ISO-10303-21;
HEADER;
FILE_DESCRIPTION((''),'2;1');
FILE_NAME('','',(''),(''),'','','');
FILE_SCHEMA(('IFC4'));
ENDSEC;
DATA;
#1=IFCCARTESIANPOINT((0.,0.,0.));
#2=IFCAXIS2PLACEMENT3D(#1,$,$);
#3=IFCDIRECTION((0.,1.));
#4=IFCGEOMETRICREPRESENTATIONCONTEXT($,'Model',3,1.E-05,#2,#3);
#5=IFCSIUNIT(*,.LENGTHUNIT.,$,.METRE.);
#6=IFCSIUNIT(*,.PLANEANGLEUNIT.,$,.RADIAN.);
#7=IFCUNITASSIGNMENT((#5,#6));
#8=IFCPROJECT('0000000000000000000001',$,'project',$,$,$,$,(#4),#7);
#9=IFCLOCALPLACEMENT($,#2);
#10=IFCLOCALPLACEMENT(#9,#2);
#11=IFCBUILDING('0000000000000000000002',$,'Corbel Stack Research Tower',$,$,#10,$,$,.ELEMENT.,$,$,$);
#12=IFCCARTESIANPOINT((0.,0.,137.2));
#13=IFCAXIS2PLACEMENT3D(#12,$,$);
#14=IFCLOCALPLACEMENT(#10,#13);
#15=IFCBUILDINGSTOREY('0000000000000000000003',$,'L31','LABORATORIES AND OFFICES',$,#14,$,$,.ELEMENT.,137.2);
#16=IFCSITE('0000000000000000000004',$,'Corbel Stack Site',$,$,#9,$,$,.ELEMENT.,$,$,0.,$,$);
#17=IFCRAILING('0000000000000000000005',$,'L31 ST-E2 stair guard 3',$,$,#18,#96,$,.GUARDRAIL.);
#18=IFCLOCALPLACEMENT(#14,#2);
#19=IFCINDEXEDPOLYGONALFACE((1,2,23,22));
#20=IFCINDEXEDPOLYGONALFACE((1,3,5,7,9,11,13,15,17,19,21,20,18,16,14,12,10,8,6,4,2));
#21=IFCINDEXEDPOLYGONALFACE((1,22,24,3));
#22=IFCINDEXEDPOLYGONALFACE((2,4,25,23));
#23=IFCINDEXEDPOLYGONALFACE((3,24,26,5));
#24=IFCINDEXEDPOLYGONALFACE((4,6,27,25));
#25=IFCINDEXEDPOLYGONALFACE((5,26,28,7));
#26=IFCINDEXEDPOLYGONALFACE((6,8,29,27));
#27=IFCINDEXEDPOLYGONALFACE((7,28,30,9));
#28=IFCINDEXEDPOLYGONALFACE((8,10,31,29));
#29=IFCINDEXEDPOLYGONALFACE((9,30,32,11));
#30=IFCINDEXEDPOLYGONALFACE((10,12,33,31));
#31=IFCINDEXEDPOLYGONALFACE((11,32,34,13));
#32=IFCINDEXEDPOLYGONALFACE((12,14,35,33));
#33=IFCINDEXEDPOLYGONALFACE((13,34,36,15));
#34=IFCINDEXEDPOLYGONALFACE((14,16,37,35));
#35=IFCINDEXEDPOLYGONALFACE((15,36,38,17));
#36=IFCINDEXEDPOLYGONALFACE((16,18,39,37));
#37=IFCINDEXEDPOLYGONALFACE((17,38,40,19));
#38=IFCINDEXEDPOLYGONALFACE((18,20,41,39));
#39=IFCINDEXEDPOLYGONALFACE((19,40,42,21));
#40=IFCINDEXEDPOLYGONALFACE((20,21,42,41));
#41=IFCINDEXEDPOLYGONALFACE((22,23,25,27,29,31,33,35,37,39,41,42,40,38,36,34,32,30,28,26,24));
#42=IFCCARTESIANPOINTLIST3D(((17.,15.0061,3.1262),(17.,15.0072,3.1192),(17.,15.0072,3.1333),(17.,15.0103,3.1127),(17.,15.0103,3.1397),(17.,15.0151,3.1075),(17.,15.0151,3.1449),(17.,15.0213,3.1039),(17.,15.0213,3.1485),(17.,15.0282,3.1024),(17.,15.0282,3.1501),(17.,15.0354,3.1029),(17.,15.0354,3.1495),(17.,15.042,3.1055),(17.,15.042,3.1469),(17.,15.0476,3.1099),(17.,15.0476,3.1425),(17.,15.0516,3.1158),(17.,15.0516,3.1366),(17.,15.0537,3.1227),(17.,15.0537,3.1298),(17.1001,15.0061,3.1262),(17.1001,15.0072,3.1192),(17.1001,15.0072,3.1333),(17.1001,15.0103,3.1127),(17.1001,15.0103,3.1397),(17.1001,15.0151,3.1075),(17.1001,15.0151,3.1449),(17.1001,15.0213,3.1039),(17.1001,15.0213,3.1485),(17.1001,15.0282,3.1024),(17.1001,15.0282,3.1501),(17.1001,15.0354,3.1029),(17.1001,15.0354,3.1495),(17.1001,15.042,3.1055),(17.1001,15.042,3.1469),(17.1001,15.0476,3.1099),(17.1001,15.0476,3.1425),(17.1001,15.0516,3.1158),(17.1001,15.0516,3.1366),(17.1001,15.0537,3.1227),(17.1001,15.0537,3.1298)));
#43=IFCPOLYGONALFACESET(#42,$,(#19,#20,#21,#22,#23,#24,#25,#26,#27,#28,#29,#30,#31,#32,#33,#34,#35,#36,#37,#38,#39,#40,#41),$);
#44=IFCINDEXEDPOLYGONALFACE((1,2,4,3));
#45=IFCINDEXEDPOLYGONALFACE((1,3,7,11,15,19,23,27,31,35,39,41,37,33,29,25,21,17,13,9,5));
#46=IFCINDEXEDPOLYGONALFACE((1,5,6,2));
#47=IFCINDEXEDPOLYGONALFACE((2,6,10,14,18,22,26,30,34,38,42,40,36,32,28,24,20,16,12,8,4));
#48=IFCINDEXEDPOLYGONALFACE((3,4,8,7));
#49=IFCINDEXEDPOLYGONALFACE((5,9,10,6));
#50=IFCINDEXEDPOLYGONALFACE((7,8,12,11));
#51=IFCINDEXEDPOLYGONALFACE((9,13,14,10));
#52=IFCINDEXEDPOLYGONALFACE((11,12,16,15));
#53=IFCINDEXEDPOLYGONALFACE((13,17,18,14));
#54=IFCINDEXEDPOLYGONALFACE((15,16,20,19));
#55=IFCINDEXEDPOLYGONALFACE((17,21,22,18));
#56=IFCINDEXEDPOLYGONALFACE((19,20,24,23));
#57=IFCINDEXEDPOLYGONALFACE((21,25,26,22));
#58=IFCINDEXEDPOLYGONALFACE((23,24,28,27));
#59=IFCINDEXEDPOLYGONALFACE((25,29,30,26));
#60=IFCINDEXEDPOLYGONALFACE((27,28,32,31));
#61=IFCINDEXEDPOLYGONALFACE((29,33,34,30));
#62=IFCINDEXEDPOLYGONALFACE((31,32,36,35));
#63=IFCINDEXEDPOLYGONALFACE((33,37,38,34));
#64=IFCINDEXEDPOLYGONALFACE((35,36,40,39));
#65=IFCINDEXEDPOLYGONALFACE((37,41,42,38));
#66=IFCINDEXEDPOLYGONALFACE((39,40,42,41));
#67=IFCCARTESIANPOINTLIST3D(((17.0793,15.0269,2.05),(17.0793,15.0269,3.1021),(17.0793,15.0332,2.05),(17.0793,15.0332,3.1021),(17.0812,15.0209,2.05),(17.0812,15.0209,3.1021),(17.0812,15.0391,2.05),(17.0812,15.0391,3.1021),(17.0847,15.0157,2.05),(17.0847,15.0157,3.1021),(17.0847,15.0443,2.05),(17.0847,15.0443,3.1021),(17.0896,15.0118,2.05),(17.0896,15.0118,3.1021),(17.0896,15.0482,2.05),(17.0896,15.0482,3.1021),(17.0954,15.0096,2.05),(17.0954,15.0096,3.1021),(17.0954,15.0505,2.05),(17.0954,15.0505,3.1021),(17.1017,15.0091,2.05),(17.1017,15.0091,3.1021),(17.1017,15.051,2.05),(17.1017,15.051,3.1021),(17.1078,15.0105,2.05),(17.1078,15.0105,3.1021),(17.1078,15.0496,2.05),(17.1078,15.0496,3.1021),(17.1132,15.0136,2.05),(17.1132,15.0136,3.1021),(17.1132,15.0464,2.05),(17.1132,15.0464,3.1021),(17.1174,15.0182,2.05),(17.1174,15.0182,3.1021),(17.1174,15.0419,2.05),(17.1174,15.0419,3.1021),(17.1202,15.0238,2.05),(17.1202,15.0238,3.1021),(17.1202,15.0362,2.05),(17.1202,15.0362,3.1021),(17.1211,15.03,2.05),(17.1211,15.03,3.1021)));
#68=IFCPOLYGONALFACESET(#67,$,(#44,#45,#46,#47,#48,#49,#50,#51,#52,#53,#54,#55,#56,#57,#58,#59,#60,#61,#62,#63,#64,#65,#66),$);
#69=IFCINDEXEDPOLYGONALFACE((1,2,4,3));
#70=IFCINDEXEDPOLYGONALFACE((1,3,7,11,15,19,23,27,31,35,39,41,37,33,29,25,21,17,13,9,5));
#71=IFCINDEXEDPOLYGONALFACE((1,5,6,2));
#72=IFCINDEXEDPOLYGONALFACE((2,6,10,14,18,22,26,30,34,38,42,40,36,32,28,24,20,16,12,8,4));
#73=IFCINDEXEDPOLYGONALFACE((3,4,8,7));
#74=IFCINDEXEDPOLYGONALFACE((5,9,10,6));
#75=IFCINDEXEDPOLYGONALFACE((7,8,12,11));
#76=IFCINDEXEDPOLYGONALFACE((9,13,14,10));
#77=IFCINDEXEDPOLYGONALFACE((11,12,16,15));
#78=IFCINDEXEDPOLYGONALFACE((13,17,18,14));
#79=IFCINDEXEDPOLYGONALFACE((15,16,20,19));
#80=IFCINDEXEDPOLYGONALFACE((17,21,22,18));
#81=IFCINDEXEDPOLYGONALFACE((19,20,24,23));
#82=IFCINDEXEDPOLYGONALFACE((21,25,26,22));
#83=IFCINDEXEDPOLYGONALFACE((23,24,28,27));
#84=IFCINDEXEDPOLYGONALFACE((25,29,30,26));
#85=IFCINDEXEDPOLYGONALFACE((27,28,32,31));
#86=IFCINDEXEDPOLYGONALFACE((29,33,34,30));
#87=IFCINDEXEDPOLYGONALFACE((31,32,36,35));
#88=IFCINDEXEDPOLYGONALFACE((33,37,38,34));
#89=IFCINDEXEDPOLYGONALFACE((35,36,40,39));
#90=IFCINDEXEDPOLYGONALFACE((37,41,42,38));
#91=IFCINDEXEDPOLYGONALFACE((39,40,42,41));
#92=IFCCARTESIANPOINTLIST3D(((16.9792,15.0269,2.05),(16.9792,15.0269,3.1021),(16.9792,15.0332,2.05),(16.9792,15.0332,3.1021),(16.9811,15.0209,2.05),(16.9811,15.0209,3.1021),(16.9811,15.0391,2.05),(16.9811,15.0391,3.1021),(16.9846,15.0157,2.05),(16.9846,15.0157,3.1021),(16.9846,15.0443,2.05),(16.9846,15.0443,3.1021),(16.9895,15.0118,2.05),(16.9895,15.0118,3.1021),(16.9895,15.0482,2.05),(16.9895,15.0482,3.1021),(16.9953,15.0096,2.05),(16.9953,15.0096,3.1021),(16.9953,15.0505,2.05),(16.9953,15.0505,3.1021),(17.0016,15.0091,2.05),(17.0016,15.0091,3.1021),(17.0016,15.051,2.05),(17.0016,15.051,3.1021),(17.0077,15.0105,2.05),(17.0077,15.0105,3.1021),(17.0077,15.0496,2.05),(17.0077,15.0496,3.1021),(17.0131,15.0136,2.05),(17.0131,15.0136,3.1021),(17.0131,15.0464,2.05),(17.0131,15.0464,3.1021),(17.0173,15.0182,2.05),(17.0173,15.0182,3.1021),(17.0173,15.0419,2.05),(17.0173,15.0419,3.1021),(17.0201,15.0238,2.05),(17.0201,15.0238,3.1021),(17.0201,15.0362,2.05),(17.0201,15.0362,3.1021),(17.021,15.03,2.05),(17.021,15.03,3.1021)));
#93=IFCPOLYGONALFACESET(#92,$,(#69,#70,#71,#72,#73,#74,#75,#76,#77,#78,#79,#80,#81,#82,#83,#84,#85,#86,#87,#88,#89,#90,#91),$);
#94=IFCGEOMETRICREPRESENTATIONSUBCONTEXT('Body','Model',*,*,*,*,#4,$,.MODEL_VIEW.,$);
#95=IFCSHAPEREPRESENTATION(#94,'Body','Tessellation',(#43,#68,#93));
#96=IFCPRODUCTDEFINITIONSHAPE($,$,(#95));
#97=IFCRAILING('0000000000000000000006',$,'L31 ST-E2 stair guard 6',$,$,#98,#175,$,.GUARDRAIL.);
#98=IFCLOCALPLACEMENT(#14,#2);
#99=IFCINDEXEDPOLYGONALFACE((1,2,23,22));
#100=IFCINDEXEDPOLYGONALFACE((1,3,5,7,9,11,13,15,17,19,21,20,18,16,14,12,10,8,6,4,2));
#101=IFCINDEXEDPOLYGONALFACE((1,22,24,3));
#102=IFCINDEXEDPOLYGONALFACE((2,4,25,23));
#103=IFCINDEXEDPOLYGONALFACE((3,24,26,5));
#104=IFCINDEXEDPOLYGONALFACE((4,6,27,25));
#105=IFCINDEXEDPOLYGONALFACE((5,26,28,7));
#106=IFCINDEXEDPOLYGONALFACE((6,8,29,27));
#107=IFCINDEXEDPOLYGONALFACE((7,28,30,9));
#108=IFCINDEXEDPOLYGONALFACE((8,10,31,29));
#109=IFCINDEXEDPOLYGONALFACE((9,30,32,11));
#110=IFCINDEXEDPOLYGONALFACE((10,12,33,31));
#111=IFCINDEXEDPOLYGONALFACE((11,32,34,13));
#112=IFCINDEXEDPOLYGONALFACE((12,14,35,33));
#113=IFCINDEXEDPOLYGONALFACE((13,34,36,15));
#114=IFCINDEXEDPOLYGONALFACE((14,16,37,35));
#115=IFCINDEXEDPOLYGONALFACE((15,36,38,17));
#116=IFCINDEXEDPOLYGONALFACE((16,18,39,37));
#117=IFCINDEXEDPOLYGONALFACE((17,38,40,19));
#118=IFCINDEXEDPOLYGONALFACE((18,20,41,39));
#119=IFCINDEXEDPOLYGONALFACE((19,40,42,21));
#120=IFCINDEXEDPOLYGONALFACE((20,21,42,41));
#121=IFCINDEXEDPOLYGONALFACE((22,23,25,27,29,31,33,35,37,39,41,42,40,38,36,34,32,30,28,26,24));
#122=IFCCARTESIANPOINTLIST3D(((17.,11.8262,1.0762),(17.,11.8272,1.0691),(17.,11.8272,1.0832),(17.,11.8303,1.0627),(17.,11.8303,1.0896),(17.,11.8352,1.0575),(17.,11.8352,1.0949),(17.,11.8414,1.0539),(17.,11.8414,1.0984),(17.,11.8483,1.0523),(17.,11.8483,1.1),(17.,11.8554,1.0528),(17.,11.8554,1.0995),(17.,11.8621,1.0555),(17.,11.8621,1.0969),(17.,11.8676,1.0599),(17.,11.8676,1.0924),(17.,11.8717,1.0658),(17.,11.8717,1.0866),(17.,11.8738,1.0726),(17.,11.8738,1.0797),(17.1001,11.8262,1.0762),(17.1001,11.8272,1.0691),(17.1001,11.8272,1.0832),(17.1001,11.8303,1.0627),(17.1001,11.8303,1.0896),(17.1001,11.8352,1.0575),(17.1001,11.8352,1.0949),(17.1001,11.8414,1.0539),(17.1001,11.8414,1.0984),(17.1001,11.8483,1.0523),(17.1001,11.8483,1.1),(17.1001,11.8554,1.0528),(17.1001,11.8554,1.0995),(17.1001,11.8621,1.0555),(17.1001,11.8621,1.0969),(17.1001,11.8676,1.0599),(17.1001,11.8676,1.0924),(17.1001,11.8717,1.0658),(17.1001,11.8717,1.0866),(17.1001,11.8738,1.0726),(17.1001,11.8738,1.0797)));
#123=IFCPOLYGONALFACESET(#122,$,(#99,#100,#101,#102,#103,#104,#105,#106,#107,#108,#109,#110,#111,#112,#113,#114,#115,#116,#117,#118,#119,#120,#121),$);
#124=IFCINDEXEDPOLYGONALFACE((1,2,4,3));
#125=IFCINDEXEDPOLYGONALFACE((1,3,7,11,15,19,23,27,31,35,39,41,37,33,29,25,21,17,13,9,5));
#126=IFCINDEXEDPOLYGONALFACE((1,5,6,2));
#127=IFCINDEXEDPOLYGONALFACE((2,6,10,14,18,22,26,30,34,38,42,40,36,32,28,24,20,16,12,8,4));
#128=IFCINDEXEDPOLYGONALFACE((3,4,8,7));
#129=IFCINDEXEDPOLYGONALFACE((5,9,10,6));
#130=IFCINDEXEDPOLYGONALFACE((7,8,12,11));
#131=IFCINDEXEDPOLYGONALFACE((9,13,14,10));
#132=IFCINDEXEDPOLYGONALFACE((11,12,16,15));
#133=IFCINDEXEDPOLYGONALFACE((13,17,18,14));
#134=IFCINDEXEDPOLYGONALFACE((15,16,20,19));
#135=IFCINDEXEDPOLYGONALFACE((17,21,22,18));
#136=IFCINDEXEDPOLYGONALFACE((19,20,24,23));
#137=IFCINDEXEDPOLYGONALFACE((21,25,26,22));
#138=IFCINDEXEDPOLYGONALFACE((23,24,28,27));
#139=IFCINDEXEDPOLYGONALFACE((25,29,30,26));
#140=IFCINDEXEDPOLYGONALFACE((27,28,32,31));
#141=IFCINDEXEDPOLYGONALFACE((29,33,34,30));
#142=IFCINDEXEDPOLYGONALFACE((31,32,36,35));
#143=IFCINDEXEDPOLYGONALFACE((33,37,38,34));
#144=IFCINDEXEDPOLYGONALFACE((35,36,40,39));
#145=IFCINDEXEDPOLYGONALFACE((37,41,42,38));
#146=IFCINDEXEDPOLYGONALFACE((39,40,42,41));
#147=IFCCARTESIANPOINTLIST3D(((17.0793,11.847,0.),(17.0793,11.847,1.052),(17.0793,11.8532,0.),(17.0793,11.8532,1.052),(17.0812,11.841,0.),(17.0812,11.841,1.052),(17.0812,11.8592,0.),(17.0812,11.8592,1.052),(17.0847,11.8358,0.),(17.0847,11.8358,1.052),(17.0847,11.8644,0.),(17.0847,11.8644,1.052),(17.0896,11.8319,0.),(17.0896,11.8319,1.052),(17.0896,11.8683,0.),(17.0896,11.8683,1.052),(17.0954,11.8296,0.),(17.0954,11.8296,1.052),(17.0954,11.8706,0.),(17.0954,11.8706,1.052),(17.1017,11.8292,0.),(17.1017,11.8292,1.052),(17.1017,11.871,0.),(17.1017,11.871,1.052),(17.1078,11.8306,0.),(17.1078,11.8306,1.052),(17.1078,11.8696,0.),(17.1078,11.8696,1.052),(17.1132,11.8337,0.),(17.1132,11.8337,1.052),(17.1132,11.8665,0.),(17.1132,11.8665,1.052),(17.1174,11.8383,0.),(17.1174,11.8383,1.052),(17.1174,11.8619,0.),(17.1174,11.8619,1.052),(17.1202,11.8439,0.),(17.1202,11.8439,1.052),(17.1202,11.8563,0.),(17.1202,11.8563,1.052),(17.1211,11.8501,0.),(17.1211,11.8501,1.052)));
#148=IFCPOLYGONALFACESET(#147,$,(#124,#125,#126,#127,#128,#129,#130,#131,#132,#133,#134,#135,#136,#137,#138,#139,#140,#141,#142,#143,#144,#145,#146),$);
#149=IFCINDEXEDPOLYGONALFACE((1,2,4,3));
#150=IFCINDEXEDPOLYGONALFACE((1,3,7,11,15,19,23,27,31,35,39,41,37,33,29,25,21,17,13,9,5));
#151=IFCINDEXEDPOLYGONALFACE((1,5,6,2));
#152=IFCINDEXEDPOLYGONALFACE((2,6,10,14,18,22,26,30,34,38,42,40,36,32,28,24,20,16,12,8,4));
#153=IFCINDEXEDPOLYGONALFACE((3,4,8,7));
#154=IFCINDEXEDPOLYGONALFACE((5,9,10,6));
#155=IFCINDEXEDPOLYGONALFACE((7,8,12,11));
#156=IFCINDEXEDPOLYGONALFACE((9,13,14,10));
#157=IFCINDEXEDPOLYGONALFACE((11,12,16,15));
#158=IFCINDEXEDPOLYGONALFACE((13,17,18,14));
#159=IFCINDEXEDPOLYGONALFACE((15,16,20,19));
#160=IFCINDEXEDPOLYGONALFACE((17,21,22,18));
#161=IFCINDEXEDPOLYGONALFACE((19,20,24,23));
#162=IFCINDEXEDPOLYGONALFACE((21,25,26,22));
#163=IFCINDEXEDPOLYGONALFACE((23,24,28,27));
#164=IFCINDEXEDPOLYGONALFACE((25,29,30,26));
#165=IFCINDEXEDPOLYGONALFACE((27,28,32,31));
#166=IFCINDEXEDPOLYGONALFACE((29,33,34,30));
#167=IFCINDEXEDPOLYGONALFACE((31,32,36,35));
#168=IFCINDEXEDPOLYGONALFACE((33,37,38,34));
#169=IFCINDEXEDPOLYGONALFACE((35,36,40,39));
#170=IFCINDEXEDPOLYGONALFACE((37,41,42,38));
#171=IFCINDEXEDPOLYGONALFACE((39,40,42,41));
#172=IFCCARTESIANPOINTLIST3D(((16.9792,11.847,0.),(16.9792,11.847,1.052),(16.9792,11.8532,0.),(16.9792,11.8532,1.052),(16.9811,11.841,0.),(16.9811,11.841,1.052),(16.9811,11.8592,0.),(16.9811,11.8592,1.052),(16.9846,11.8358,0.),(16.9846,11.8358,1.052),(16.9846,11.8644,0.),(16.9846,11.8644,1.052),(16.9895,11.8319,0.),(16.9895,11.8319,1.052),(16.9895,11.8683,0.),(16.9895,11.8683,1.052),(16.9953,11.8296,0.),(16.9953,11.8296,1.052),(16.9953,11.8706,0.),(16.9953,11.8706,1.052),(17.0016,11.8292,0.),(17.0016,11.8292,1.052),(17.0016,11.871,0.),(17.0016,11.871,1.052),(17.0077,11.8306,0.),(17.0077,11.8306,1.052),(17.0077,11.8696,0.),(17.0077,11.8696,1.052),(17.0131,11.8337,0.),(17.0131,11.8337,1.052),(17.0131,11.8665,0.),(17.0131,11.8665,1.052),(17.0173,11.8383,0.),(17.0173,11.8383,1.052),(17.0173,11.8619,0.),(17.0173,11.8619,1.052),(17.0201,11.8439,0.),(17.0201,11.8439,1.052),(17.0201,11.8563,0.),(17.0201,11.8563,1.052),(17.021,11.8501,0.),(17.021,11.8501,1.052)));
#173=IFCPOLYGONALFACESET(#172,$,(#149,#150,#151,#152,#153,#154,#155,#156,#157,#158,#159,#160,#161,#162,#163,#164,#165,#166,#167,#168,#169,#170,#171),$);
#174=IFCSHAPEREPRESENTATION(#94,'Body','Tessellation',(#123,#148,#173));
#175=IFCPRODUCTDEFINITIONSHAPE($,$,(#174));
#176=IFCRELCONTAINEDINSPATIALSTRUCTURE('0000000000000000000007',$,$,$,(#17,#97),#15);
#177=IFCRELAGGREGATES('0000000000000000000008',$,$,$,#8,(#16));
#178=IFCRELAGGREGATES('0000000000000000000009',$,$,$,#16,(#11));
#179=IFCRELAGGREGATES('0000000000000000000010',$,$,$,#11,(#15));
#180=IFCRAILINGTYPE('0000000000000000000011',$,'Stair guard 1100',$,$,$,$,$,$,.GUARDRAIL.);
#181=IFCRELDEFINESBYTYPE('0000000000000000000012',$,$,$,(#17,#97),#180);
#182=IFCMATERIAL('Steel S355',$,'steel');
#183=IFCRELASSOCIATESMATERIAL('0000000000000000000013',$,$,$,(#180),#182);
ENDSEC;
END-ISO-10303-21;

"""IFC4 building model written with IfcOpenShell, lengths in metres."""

from ifc_helpers import new_model, si_unit, direction, frame, origin, origin_2d, place, context, subcontext, project, spatial, circle, extrude, material, type_object, element, save


model = new_model("IFC4")

# Units and contexts
model_context = context("Model", 3, precision=1e-05, world=origin(), true_north=direction((0.0, 1.0)))
body_context = subcontext(model_context, "Body", "Model", "MODEL_VIEW")
ifc_project = project(units=[si_unit("LENGTHUNIT", "METRE"), si_unit("PLANEANGLEUNIT", "RADIAN")], contexts=[model_context])

# Site, building, storey
site_placement = place(None, origin())
site = spatial("IfcSite", under=ifc_project, at=site_placement, Name="Corbel Stack Site", CompositionType="ELEMENT", RefElevation=0.0)
building_placement = place(site_placement, origin())
building = spatial("IfcBuilding", under=site, at=building_placement, Name="Corbel Stack Research Tower", CompositionType="ELEMENT")
storey_placement = place(building_placement, frame((0.0, 0.0, 137.2)))
storey = spatial("IfcBuildingStorey", under=building, at=storey_placement, Name="L31", Description="LABORATORIES AND OFFICES", CompositionType="ELEMENT", Elevation=137.2)

# Railings
ifc_material_1 = material(Name="Steel S355", Category="steel")
railing_type_1 = type_object("IfcRailingType", Name="Stair guard 1100", PredefinedType="GUARDRAIL", material=ifc_material_1)
for number, where, name in (
    (1, (17.1001, 15.03, 2.05), "L31 ST-E2 stair guard 3"),
    (2, (17.1001, 11.8501, 0.0), "L31 ST-E2 stair guard 6"),
):
    element("IfcRailing", number, at=place(storey_placement, frame(where)), inside=storey, type_object=railing_type_1, Name=name, PredefinedType="GUARDRAIL", context=body_context, shape_type="SweptSolid", body=[
        extrude(circle(Radius=0.0239, at=origin_2d()), frame((0.0, 0.0, 1.0762), z_axis=(-1.0, 0.0, 0.0), x_axis=(0.0, -1.0, 0.0)), (0.0, 0.0, 1.0), 0.1001),
        extrude(circle(Radius=0.021, at=origin_2d()), origin(), (0.0, 0.0, 1.0), 1.052),
        extrude(circle(Radius=0.021, at=origin_2d()), frame((-0.1001, 0.0, 0.0)), (0.0, 0.0, 1.0), 1.052),
    ])

save(model, "model.ifc")
